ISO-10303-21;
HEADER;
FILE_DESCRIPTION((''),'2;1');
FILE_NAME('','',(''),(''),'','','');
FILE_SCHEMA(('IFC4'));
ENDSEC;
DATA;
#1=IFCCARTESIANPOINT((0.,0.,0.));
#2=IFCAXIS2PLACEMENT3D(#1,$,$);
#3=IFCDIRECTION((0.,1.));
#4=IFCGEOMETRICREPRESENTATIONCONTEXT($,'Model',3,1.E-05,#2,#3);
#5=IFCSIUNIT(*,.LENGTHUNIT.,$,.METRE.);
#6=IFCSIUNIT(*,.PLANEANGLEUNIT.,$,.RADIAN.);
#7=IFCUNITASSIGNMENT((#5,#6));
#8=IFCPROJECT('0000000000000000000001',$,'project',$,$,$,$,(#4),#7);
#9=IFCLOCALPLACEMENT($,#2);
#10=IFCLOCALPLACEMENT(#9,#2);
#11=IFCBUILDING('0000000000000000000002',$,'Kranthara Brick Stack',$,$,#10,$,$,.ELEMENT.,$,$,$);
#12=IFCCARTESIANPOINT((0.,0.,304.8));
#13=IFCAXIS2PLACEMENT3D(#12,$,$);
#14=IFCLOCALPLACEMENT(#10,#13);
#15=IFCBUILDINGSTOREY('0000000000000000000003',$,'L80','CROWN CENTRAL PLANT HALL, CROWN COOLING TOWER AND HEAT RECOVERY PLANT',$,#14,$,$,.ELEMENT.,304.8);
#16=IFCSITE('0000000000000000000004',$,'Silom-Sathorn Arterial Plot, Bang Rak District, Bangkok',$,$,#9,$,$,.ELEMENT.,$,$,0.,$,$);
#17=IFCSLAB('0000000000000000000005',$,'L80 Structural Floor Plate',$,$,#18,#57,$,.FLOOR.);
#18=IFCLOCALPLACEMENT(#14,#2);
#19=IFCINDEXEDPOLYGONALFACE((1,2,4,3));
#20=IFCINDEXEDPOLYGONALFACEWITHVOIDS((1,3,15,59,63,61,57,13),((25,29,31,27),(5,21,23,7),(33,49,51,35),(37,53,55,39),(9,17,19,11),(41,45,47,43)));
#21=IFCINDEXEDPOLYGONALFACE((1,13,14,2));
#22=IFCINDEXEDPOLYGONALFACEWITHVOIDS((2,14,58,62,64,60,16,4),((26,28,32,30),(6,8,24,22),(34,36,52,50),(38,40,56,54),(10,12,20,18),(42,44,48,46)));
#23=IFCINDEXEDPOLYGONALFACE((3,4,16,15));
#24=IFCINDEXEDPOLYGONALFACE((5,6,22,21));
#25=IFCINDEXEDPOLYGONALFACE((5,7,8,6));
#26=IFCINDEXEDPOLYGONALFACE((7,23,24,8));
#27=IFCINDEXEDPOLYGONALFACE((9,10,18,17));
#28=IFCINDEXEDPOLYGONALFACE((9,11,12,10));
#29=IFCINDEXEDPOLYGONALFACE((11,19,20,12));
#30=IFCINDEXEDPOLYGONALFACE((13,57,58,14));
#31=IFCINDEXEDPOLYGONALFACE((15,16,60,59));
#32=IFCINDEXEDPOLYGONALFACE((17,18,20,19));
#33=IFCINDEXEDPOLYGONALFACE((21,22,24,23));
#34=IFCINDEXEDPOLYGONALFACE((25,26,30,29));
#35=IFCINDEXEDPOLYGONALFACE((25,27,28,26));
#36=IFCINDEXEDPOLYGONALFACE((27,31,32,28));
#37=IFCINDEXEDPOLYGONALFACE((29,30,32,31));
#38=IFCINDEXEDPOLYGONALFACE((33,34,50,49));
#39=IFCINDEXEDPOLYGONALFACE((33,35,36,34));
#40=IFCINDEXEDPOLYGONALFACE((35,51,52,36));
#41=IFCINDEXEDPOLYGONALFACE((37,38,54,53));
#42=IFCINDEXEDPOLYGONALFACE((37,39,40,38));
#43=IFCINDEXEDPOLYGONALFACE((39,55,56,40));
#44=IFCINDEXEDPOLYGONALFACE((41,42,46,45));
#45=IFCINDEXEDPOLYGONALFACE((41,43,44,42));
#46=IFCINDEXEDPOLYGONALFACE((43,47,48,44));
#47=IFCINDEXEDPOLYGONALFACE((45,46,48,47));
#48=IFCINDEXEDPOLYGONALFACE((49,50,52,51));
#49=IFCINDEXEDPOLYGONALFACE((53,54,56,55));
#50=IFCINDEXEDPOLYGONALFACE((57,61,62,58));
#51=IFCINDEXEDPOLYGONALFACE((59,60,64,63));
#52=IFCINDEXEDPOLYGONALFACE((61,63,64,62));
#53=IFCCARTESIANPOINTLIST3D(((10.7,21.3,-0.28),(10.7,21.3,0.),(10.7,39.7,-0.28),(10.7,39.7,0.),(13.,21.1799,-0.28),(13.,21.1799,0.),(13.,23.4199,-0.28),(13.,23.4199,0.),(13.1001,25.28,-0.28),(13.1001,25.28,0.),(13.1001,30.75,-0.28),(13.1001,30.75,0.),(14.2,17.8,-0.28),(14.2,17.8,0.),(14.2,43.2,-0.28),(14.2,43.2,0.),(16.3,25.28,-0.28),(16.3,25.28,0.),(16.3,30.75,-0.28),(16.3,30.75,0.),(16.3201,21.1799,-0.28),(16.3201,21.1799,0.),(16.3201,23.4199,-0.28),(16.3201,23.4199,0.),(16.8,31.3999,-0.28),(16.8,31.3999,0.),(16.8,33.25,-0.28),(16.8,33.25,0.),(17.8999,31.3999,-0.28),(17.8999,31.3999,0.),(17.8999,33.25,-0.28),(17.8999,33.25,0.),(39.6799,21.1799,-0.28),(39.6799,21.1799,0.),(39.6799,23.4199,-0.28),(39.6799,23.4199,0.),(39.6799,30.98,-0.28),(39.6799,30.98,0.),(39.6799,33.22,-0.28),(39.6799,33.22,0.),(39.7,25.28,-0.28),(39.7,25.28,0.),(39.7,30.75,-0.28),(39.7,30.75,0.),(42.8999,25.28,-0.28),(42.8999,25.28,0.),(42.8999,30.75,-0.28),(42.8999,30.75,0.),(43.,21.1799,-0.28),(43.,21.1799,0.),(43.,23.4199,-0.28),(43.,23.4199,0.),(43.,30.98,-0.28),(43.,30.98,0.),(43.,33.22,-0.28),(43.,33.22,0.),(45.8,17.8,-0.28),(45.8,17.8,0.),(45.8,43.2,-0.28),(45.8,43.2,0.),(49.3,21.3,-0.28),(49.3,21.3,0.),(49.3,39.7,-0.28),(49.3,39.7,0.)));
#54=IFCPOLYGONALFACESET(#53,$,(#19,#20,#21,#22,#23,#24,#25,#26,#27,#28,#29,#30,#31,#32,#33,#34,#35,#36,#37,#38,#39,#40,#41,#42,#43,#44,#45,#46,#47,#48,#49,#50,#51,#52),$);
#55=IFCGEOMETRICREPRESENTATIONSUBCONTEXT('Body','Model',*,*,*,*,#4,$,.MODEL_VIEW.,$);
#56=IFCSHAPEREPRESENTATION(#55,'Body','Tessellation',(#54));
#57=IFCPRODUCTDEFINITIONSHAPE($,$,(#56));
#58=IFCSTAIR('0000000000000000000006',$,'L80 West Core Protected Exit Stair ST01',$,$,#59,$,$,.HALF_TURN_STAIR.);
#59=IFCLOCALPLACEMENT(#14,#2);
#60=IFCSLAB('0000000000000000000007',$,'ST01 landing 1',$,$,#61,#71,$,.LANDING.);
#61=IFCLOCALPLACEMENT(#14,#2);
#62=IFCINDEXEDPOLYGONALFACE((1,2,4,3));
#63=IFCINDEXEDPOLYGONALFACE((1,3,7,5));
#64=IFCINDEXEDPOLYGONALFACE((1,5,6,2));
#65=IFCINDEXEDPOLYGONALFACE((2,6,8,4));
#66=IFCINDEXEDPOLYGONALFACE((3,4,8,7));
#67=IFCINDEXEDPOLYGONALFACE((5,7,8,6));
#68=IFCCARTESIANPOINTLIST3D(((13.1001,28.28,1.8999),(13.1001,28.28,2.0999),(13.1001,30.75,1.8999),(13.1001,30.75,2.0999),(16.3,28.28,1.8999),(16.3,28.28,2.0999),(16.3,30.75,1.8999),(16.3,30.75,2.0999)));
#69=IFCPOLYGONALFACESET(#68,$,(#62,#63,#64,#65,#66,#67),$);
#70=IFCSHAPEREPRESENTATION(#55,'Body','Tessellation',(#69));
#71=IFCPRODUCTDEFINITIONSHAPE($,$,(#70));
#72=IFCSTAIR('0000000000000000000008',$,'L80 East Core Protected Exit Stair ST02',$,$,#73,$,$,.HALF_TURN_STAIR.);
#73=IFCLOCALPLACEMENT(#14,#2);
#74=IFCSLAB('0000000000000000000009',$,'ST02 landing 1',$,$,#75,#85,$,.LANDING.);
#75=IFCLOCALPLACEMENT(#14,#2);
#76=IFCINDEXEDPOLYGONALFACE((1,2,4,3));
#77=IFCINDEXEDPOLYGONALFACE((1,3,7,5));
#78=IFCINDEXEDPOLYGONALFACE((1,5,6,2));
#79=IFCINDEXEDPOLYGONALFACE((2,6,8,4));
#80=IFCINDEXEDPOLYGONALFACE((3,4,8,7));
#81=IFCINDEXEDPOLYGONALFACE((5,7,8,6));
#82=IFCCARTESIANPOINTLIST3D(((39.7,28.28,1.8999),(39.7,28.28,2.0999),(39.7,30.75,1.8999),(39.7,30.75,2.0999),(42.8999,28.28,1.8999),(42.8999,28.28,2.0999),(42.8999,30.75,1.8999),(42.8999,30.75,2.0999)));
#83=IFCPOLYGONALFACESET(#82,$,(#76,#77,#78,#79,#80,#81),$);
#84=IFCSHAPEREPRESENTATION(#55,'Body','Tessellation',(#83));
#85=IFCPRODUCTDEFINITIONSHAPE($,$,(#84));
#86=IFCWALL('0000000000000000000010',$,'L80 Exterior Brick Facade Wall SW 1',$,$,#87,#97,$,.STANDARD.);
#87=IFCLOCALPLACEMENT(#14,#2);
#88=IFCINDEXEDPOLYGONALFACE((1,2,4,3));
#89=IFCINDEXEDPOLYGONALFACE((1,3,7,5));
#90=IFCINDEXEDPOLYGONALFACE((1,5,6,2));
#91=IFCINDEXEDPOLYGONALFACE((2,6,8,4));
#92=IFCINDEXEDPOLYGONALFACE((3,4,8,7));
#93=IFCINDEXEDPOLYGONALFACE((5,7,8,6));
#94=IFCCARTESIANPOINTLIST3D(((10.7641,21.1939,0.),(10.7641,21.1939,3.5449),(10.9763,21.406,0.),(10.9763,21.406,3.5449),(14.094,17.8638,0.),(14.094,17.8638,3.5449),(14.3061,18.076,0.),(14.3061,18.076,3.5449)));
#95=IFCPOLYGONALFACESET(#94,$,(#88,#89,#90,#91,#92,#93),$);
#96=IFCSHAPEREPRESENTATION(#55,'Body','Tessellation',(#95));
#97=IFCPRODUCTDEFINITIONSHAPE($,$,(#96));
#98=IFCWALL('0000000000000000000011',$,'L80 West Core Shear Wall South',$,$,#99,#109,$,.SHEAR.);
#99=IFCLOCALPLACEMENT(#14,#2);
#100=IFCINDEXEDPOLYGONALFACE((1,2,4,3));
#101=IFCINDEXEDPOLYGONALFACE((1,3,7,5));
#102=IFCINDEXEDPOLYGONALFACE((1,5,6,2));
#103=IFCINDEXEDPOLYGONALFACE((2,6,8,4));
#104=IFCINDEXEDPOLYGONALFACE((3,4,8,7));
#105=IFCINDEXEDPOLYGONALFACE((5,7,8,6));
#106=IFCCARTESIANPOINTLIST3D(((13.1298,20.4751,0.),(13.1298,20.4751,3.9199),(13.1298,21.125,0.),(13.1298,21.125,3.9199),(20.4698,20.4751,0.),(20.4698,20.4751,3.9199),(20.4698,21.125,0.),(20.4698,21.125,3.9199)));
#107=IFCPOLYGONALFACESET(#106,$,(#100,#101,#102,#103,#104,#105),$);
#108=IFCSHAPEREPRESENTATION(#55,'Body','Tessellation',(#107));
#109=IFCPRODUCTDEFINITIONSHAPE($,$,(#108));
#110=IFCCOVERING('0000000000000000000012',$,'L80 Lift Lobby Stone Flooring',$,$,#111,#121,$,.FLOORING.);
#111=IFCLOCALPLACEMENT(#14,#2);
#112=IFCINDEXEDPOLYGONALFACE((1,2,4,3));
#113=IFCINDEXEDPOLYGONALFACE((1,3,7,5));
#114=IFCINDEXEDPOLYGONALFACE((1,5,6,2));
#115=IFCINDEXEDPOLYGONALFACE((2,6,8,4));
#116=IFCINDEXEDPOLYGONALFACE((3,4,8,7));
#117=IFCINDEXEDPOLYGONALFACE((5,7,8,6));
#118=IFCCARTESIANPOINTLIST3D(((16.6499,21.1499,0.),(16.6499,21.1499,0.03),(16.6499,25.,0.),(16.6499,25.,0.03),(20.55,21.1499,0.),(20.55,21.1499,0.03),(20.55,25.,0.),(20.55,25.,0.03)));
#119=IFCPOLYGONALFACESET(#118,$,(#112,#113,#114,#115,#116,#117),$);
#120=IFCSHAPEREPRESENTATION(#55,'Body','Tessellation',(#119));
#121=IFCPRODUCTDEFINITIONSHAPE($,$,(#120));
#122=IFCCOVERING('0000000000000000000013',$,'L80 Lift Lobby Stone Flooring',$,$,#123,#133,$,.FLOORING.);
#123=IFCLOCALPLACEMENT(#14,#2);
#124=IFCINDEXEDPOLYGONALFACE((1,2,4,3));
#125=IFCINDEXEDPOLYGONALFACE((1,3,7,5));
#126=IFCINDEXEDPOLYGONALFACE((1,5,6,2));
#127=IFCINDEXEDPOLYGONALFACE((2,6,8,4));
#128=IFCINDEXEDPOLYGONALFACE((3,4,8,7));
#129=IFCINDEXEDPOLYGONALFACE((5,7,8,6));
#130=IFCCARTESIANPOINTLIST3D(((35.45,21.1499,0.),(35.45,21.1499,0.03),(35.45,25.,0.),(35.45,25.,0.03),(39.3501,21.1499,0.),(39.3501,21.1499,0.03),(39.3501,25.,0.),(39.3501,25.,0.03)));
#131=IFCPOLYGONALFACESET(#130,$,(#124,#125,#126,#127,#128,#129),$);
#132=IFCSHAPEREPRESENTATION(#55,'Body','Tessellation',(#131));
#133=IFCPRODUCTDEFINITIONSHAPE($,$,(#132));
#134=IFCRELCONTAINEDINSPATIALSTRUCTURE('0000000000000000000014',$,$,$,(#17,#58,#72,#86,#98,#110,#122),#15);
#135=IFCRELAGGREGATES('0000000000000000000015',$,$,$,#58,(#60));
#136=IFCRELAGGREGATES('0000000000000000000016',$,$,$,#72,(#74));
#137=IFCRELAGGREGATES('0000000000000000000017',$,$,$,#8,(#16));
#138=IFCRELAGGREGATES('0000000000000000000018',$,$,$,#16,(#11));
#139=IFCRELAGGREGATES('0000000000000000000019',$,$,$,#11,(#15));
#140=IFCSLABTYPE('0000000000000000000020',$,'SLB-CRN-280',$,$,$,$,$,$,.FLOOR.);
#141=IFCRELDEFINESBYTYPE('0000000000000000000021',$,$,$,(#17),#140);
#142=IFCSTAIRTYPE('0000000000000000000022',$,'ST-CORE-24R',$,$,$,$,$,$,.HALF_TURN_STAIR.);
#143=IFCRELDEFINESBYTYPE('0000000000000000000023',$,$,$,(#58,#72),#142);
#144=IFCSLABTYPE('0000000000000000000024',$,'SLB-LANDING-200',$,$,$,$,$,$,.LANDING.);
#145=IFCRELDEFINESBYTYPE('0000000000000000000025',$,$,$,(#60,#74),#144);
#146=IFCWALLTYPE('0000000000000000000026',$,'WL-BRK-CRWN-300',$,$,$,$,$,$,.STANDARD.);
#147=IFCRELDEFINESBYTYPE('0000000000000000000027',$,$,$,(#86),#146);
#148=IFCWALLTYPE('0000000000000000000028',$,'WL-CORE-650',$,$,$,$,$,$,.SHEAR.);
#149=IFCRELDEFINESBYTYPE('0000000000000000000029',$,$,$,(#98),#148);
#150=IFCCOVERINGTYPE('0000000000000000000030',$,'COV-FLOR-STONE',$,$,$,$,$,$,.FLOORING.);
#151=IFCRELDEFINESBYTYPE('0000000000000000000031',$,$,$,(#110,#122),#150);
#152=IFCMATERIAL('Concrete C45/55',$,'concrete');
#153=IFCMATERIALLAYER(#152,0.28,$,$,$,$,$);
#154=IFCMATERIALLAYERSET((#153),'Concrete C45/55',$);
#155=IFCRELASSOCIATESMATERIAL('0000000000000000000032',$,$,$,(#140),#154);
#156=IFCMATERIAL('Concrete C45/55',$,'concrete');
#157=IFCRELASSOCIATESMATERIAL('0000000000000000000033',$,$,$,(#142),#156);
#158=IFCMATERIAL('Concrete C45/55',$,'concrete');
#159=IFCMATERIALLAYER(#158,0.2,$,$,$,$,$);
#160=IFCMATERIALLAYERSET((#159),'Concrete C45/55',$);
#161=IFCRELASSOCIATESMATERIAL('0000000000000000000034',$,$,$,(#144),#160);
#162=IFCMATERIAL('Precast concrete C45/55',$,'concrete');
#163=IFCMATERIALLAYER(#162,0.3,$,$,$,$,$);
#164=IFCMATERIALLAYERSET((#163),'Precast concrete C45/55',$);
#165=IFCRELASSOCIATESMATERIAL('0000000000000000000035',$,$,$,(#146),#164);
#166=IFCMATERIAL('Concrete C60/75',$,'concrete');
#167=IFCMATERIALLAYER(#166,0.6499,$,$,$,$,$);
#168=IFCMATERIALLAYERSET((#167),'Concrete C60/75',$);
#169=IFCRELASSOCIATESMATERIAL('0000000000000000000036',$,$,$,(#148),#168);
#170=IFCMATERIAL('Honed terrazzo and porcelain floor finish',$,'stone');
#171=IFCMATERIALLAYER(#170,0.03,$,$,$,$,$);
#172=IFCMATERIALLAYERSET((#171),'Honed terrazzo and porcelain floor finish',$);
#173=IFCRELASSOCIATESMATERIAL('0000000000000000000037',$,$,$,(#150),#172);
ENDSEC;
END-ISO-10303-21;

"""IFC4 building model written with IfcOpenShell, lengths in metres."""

from ifc_helpers import new_model, si_unit, direction, frame, frame_2d, origin, place, context, subcontext, project, spatial, polyline, rectangle, outline, extrude, material, layer, layer_set, type_object, element, aggregate, save


model = new_model("IFC4")

# Units and contexts
model_context = context("Model", 3, precision=1e-05, world=origin(), true_north=direction((0.0, 1.0)))
body_context = subcontext(model_context, "Body", "Model", "MODEL_VIEW")
ifc_project = project(units=[si_unit("LENGTHUNIT", "METRE"), si_unit("PLANEANGLEUNIT", "RADIAN")], contexts=[model_context])

# Site, building, storey
site_placement = place(None, origin())
site = spatial("IfcSite", under=ifc_project, at=site_placement, Name="Silom-Sathorn Arterial Plot, Bang Rak District, Bangkok", CompositionType="ELEMENT", RefElevation=0.0)
building_placement = place(site_placement, origin())
building = spatial("IfcBuilding", under=site, at=building_placement, Name="Kranthara Brick Stack", CompositionType="ELEMENT")
storey_placement = place(building_placement, frame((0.0, 0.0, 304.8)))
storey = spatial("IfcBuildingStorey", under=building, at=storey_placement, Name="L80", Description="CROWN CENTRAL PLANT HALL, CROWN COOLING TOWER AND HEAT RECOVERY PLANT", CompositionType="ELEMENT", Elevation=304.8)

# Slab
ifc_material_1 = material(Name="Concrete C45/55", Category="concrete")
ifc_layer_1 = layer(ifc_material_1, 0.28)
ifc_layer_set_1 = layer_set([ifc_layer_1], Name="Concrete C45/55")
slab_type_1 = type_object("IfcSlabType", Name="SLB-CRN-280", PredefinedType="FLOOR", material=ifc_layer_set_1)
slab_1_placement = place(storey_placement, frame((0.0, 0.0, -0.28)))
element("IfcSlab", 1, at=slab_1_placement, inside=storey, type_object=slab_type_1, Name="L80 Structural Floor Plate", PredefinedType="FLOOR", context=body_context, shape_type="SweptSolid", body=[
    extrude(outline(polyline([(14.2, 17.8), (45.8, 17.8), (49.3, 21.3), (49.3, 39.7), (45.8, 43.2), (14.2, 43.2), (10.7, 39.7), (10.7, 21.3), (14.2, 17.8)]), holes=[polyline([(13.1001, 25.28), (16.3, 25.28), (16.3, 30.75), (13.1001, 30.75), (13.1001, 25.28)]), polyline([(39.7, 25.28), (42.8999, 25.28), (42.8999, 30.75), (39.7, 30.75), (39.7, 25.28)]), polyline([(13.0, 21.1799), (16.3201, 21.1799), (16.3201, 23.4199), (13.0, 23.4199), (13.0, 21.1799)]), polyline([(39.6799, 21.1799), (43.0, 21.1799), (43.0, 23.4199), (39.6799, 23.4199), (39.6799, 21.1799)]), polyline([(39.6799, 30.98), (43.0, 30.98), (43.0, 33.22), (39.6799, 33.22), (39.6799, 30.98)]), polyline([(16.8, 31.3999), (17.8999, 31.3999), (17.8999, 33.25), (16.8, 33.25), (16.8, 31.3999)])]), origin(), (0.0, 0.0, 1.0), 0.28),
])

# Stairs, slabs
ifc_material_2 = material(Name="Concrete C45/55", Category="concrete")
stair_type = type_object("IfcStairType", Name="ST-CORE-24R", PredefinedType="HALF_TURN_STAIR", material=ifc_material_2)
stair_1_placement = place(storey_placement, origin())
stair_1 = element("IfcStair", 2, at=stair_1_placement, inside=storey, type_object=stair_type, Name="L80 West Core Protected Exit Stair ST01", PredefinedType="HALF_TURN_STAIR")
ifc_material_3 = material(Name="Concrete C45/55", Category="concrete")
ifc_layer_2 = layer(ifc_material_3, 0.2)
ifc_layer_set_2 = layer_set([ifc_layer_2], Name="Concrete C45/55")
slab_type_2 = type_object("IfcSlabType", Name="SLB-LANDING-200", PredefinedType="LANDING", material=ifc_layer_set_2)
slab_2_placement = place(storey_placement, frame((0.0, 0.0, 1.8999)))
slab_2 = element("IfcSlab", 3, at=slab_2_placement, type_object=slab_type_2, Name="ST01 landing 1", PredefinedType="LANDING", context=body_context, shape_type="SweptSolid", body=[
    extrude(outline(polyline([(16.3, 28.28), (16.3, 30.75), (13.1001, 30.75), (13.1001, 28.28), (16.3, 28.28)])), origin(), (0.0, 0.0, 1.0), 0.2),
])
aggregate(stair_1, [slab_2])
stair_2_placement = place(storey_placement, origin())
stair_2 = element("IfcStair", 4, at=stair_2_placement, inside=storey, type_object=stair_type, Name="L80 East Core Protected Exit Stair ST02", PredefinedType="HALF_TURN_STAIR")
slab_3_placement = place(storey_placement, frame((0.0, 0.0, 1.8999)))
slab_3 = element("IfcSlab", 5, at=slab_3_placement, type_object=slab_type_2, Name="ST02 landing 1", PredefinedType="LANDING", context=body_context, shape_type="SweptSolid", body=[
    extrude(outline(polyline([(42.8999, 28.28), (42.8999, 30.75), (39.7, 30.75), (39.7, 28.28), (42.8999, 28.28)])), origin(), (0.0, 0.0, 1.0), 0.2),
])
aggregate(stair_2, [slab_3])

# Walls
ifc_material_4 = material(Name="Precast concrete C45/55", Category="concrete")
ifc_layer_3 = layer(ifc_material_4, 0.3)
ifc_layer_set_3 = layer_set([ifc_layer_3], Name="Precast concrete C45/55")
wall_type_1 = type_object("IfcWallType", Name="WL-BRK-CRWN-300", PredefinedType="STANDARD", material=ifc_layer_set_3)
wall_1_placement = place(storey_placement, frame((14.2, 17.97, 0.0), z_axis=(0.0, 0.0, 1.0), x_axis=(-0.707081, 0.707133, 0.0)))
element("IfcWall", 6, at=wall_1_placement, inside=storey, type_object=wall_type_1, Name="L80 Exterior Brick Facade Wall SW 1", PredefinedType="STANDARD", context=body_context, shape_type="SweptSolid", body=[
    extrude(rectangle(XDim=4.7092, YDim=0.3, at=frame_2d((2.3545, 0.0))), origin(), (0.0, 0.0, 1.0), 3.5449),
])
ifc_material_5 = material(Name="Concrete C60/75", Category="concrete")
ifc_layer_4 = layer(ifc_material_5, 0.6499)
ifc_layer_set_4 = layer_set([ifc_layer_4], Name="Concrete C60/75")
wall_type_2 = type_object("IfcWallType", Name="WL-CORE-650", PredefinedType="SHEAR", material=ifc_layer_set_4)
wall_2_placement = place(storey_placement, frame((13.1299, 20.8, 0.0), z_axis=(0.0, 0.0, 1.0), x_axis=(1.0, 0.0, 0.0)))
element("IfcWall", 7, at=wall_2_placement, inside=storey, type_object=wall_type_2, Name="L80 West Core Shear Wall South", PredefinedType="SHEAR", context=body_context, shape_type="SweptSolid", body=[
    extrude(rectangle(XDim=7.3401, YDim=0.6499, at=frame_2d((3.6699, 0.0))), origin(), (0.0, 0.0, 1.0), 3.9199),
])

# Coverings
ifc_material_6 = material(Name="Honed terrazzo and porcelain floor finish", Category="stone")
ifc_layer_5 = layer(ifc_material_6, 0.03)
ifc_layer_set_5 = layer_set([ifc_layer_5], Name="Honed terrazzo and porcelain floor finish")
covering_type = type_object("IfcCoveringType", Name="COV-FLOR-STONE", PredefinedType="FLOORING", material=ifc_layer_set_5)
covering_1_placement = place(storey_placement, origin())
element("IfcCovering", 8, at=covering_1_placement, inside=storey, type_object=covering_type, Name="L80 Lift Lobby Stone Flooring", PredefinedType="FLOORING", context=body_context, shape_type="SweptSolid", body=[
    extrude(outline(polyline([(20.55, 21.1499), (20.55, 25.0), (16.6499, 25.0), (16.6499, 21.1499), (20.55, 21.1499)])), origin(), (0.0, 0.0, 1.0), 0.03),
])
covering_2_placement = place(storey_placement, origin())
element("IfcCovering", 9, at=covering_2_placement, inside=storey, type_object=covering_type, Name="L80 Lift Lobby Stone Flooring", PredefinedType="FLOORING", context=body_context, shape_type="SweptSolid", body=[
    extrude(outline(polyline([(39.3501, 21.1499), (39.3501, 25.0), (35.45, 25.0), (35.45, 21.1499), (39.3501, 21.1499)])), origin(), (0.0, 0.0, 1.0), 0.03),
])

save(model, "model.ifc")
